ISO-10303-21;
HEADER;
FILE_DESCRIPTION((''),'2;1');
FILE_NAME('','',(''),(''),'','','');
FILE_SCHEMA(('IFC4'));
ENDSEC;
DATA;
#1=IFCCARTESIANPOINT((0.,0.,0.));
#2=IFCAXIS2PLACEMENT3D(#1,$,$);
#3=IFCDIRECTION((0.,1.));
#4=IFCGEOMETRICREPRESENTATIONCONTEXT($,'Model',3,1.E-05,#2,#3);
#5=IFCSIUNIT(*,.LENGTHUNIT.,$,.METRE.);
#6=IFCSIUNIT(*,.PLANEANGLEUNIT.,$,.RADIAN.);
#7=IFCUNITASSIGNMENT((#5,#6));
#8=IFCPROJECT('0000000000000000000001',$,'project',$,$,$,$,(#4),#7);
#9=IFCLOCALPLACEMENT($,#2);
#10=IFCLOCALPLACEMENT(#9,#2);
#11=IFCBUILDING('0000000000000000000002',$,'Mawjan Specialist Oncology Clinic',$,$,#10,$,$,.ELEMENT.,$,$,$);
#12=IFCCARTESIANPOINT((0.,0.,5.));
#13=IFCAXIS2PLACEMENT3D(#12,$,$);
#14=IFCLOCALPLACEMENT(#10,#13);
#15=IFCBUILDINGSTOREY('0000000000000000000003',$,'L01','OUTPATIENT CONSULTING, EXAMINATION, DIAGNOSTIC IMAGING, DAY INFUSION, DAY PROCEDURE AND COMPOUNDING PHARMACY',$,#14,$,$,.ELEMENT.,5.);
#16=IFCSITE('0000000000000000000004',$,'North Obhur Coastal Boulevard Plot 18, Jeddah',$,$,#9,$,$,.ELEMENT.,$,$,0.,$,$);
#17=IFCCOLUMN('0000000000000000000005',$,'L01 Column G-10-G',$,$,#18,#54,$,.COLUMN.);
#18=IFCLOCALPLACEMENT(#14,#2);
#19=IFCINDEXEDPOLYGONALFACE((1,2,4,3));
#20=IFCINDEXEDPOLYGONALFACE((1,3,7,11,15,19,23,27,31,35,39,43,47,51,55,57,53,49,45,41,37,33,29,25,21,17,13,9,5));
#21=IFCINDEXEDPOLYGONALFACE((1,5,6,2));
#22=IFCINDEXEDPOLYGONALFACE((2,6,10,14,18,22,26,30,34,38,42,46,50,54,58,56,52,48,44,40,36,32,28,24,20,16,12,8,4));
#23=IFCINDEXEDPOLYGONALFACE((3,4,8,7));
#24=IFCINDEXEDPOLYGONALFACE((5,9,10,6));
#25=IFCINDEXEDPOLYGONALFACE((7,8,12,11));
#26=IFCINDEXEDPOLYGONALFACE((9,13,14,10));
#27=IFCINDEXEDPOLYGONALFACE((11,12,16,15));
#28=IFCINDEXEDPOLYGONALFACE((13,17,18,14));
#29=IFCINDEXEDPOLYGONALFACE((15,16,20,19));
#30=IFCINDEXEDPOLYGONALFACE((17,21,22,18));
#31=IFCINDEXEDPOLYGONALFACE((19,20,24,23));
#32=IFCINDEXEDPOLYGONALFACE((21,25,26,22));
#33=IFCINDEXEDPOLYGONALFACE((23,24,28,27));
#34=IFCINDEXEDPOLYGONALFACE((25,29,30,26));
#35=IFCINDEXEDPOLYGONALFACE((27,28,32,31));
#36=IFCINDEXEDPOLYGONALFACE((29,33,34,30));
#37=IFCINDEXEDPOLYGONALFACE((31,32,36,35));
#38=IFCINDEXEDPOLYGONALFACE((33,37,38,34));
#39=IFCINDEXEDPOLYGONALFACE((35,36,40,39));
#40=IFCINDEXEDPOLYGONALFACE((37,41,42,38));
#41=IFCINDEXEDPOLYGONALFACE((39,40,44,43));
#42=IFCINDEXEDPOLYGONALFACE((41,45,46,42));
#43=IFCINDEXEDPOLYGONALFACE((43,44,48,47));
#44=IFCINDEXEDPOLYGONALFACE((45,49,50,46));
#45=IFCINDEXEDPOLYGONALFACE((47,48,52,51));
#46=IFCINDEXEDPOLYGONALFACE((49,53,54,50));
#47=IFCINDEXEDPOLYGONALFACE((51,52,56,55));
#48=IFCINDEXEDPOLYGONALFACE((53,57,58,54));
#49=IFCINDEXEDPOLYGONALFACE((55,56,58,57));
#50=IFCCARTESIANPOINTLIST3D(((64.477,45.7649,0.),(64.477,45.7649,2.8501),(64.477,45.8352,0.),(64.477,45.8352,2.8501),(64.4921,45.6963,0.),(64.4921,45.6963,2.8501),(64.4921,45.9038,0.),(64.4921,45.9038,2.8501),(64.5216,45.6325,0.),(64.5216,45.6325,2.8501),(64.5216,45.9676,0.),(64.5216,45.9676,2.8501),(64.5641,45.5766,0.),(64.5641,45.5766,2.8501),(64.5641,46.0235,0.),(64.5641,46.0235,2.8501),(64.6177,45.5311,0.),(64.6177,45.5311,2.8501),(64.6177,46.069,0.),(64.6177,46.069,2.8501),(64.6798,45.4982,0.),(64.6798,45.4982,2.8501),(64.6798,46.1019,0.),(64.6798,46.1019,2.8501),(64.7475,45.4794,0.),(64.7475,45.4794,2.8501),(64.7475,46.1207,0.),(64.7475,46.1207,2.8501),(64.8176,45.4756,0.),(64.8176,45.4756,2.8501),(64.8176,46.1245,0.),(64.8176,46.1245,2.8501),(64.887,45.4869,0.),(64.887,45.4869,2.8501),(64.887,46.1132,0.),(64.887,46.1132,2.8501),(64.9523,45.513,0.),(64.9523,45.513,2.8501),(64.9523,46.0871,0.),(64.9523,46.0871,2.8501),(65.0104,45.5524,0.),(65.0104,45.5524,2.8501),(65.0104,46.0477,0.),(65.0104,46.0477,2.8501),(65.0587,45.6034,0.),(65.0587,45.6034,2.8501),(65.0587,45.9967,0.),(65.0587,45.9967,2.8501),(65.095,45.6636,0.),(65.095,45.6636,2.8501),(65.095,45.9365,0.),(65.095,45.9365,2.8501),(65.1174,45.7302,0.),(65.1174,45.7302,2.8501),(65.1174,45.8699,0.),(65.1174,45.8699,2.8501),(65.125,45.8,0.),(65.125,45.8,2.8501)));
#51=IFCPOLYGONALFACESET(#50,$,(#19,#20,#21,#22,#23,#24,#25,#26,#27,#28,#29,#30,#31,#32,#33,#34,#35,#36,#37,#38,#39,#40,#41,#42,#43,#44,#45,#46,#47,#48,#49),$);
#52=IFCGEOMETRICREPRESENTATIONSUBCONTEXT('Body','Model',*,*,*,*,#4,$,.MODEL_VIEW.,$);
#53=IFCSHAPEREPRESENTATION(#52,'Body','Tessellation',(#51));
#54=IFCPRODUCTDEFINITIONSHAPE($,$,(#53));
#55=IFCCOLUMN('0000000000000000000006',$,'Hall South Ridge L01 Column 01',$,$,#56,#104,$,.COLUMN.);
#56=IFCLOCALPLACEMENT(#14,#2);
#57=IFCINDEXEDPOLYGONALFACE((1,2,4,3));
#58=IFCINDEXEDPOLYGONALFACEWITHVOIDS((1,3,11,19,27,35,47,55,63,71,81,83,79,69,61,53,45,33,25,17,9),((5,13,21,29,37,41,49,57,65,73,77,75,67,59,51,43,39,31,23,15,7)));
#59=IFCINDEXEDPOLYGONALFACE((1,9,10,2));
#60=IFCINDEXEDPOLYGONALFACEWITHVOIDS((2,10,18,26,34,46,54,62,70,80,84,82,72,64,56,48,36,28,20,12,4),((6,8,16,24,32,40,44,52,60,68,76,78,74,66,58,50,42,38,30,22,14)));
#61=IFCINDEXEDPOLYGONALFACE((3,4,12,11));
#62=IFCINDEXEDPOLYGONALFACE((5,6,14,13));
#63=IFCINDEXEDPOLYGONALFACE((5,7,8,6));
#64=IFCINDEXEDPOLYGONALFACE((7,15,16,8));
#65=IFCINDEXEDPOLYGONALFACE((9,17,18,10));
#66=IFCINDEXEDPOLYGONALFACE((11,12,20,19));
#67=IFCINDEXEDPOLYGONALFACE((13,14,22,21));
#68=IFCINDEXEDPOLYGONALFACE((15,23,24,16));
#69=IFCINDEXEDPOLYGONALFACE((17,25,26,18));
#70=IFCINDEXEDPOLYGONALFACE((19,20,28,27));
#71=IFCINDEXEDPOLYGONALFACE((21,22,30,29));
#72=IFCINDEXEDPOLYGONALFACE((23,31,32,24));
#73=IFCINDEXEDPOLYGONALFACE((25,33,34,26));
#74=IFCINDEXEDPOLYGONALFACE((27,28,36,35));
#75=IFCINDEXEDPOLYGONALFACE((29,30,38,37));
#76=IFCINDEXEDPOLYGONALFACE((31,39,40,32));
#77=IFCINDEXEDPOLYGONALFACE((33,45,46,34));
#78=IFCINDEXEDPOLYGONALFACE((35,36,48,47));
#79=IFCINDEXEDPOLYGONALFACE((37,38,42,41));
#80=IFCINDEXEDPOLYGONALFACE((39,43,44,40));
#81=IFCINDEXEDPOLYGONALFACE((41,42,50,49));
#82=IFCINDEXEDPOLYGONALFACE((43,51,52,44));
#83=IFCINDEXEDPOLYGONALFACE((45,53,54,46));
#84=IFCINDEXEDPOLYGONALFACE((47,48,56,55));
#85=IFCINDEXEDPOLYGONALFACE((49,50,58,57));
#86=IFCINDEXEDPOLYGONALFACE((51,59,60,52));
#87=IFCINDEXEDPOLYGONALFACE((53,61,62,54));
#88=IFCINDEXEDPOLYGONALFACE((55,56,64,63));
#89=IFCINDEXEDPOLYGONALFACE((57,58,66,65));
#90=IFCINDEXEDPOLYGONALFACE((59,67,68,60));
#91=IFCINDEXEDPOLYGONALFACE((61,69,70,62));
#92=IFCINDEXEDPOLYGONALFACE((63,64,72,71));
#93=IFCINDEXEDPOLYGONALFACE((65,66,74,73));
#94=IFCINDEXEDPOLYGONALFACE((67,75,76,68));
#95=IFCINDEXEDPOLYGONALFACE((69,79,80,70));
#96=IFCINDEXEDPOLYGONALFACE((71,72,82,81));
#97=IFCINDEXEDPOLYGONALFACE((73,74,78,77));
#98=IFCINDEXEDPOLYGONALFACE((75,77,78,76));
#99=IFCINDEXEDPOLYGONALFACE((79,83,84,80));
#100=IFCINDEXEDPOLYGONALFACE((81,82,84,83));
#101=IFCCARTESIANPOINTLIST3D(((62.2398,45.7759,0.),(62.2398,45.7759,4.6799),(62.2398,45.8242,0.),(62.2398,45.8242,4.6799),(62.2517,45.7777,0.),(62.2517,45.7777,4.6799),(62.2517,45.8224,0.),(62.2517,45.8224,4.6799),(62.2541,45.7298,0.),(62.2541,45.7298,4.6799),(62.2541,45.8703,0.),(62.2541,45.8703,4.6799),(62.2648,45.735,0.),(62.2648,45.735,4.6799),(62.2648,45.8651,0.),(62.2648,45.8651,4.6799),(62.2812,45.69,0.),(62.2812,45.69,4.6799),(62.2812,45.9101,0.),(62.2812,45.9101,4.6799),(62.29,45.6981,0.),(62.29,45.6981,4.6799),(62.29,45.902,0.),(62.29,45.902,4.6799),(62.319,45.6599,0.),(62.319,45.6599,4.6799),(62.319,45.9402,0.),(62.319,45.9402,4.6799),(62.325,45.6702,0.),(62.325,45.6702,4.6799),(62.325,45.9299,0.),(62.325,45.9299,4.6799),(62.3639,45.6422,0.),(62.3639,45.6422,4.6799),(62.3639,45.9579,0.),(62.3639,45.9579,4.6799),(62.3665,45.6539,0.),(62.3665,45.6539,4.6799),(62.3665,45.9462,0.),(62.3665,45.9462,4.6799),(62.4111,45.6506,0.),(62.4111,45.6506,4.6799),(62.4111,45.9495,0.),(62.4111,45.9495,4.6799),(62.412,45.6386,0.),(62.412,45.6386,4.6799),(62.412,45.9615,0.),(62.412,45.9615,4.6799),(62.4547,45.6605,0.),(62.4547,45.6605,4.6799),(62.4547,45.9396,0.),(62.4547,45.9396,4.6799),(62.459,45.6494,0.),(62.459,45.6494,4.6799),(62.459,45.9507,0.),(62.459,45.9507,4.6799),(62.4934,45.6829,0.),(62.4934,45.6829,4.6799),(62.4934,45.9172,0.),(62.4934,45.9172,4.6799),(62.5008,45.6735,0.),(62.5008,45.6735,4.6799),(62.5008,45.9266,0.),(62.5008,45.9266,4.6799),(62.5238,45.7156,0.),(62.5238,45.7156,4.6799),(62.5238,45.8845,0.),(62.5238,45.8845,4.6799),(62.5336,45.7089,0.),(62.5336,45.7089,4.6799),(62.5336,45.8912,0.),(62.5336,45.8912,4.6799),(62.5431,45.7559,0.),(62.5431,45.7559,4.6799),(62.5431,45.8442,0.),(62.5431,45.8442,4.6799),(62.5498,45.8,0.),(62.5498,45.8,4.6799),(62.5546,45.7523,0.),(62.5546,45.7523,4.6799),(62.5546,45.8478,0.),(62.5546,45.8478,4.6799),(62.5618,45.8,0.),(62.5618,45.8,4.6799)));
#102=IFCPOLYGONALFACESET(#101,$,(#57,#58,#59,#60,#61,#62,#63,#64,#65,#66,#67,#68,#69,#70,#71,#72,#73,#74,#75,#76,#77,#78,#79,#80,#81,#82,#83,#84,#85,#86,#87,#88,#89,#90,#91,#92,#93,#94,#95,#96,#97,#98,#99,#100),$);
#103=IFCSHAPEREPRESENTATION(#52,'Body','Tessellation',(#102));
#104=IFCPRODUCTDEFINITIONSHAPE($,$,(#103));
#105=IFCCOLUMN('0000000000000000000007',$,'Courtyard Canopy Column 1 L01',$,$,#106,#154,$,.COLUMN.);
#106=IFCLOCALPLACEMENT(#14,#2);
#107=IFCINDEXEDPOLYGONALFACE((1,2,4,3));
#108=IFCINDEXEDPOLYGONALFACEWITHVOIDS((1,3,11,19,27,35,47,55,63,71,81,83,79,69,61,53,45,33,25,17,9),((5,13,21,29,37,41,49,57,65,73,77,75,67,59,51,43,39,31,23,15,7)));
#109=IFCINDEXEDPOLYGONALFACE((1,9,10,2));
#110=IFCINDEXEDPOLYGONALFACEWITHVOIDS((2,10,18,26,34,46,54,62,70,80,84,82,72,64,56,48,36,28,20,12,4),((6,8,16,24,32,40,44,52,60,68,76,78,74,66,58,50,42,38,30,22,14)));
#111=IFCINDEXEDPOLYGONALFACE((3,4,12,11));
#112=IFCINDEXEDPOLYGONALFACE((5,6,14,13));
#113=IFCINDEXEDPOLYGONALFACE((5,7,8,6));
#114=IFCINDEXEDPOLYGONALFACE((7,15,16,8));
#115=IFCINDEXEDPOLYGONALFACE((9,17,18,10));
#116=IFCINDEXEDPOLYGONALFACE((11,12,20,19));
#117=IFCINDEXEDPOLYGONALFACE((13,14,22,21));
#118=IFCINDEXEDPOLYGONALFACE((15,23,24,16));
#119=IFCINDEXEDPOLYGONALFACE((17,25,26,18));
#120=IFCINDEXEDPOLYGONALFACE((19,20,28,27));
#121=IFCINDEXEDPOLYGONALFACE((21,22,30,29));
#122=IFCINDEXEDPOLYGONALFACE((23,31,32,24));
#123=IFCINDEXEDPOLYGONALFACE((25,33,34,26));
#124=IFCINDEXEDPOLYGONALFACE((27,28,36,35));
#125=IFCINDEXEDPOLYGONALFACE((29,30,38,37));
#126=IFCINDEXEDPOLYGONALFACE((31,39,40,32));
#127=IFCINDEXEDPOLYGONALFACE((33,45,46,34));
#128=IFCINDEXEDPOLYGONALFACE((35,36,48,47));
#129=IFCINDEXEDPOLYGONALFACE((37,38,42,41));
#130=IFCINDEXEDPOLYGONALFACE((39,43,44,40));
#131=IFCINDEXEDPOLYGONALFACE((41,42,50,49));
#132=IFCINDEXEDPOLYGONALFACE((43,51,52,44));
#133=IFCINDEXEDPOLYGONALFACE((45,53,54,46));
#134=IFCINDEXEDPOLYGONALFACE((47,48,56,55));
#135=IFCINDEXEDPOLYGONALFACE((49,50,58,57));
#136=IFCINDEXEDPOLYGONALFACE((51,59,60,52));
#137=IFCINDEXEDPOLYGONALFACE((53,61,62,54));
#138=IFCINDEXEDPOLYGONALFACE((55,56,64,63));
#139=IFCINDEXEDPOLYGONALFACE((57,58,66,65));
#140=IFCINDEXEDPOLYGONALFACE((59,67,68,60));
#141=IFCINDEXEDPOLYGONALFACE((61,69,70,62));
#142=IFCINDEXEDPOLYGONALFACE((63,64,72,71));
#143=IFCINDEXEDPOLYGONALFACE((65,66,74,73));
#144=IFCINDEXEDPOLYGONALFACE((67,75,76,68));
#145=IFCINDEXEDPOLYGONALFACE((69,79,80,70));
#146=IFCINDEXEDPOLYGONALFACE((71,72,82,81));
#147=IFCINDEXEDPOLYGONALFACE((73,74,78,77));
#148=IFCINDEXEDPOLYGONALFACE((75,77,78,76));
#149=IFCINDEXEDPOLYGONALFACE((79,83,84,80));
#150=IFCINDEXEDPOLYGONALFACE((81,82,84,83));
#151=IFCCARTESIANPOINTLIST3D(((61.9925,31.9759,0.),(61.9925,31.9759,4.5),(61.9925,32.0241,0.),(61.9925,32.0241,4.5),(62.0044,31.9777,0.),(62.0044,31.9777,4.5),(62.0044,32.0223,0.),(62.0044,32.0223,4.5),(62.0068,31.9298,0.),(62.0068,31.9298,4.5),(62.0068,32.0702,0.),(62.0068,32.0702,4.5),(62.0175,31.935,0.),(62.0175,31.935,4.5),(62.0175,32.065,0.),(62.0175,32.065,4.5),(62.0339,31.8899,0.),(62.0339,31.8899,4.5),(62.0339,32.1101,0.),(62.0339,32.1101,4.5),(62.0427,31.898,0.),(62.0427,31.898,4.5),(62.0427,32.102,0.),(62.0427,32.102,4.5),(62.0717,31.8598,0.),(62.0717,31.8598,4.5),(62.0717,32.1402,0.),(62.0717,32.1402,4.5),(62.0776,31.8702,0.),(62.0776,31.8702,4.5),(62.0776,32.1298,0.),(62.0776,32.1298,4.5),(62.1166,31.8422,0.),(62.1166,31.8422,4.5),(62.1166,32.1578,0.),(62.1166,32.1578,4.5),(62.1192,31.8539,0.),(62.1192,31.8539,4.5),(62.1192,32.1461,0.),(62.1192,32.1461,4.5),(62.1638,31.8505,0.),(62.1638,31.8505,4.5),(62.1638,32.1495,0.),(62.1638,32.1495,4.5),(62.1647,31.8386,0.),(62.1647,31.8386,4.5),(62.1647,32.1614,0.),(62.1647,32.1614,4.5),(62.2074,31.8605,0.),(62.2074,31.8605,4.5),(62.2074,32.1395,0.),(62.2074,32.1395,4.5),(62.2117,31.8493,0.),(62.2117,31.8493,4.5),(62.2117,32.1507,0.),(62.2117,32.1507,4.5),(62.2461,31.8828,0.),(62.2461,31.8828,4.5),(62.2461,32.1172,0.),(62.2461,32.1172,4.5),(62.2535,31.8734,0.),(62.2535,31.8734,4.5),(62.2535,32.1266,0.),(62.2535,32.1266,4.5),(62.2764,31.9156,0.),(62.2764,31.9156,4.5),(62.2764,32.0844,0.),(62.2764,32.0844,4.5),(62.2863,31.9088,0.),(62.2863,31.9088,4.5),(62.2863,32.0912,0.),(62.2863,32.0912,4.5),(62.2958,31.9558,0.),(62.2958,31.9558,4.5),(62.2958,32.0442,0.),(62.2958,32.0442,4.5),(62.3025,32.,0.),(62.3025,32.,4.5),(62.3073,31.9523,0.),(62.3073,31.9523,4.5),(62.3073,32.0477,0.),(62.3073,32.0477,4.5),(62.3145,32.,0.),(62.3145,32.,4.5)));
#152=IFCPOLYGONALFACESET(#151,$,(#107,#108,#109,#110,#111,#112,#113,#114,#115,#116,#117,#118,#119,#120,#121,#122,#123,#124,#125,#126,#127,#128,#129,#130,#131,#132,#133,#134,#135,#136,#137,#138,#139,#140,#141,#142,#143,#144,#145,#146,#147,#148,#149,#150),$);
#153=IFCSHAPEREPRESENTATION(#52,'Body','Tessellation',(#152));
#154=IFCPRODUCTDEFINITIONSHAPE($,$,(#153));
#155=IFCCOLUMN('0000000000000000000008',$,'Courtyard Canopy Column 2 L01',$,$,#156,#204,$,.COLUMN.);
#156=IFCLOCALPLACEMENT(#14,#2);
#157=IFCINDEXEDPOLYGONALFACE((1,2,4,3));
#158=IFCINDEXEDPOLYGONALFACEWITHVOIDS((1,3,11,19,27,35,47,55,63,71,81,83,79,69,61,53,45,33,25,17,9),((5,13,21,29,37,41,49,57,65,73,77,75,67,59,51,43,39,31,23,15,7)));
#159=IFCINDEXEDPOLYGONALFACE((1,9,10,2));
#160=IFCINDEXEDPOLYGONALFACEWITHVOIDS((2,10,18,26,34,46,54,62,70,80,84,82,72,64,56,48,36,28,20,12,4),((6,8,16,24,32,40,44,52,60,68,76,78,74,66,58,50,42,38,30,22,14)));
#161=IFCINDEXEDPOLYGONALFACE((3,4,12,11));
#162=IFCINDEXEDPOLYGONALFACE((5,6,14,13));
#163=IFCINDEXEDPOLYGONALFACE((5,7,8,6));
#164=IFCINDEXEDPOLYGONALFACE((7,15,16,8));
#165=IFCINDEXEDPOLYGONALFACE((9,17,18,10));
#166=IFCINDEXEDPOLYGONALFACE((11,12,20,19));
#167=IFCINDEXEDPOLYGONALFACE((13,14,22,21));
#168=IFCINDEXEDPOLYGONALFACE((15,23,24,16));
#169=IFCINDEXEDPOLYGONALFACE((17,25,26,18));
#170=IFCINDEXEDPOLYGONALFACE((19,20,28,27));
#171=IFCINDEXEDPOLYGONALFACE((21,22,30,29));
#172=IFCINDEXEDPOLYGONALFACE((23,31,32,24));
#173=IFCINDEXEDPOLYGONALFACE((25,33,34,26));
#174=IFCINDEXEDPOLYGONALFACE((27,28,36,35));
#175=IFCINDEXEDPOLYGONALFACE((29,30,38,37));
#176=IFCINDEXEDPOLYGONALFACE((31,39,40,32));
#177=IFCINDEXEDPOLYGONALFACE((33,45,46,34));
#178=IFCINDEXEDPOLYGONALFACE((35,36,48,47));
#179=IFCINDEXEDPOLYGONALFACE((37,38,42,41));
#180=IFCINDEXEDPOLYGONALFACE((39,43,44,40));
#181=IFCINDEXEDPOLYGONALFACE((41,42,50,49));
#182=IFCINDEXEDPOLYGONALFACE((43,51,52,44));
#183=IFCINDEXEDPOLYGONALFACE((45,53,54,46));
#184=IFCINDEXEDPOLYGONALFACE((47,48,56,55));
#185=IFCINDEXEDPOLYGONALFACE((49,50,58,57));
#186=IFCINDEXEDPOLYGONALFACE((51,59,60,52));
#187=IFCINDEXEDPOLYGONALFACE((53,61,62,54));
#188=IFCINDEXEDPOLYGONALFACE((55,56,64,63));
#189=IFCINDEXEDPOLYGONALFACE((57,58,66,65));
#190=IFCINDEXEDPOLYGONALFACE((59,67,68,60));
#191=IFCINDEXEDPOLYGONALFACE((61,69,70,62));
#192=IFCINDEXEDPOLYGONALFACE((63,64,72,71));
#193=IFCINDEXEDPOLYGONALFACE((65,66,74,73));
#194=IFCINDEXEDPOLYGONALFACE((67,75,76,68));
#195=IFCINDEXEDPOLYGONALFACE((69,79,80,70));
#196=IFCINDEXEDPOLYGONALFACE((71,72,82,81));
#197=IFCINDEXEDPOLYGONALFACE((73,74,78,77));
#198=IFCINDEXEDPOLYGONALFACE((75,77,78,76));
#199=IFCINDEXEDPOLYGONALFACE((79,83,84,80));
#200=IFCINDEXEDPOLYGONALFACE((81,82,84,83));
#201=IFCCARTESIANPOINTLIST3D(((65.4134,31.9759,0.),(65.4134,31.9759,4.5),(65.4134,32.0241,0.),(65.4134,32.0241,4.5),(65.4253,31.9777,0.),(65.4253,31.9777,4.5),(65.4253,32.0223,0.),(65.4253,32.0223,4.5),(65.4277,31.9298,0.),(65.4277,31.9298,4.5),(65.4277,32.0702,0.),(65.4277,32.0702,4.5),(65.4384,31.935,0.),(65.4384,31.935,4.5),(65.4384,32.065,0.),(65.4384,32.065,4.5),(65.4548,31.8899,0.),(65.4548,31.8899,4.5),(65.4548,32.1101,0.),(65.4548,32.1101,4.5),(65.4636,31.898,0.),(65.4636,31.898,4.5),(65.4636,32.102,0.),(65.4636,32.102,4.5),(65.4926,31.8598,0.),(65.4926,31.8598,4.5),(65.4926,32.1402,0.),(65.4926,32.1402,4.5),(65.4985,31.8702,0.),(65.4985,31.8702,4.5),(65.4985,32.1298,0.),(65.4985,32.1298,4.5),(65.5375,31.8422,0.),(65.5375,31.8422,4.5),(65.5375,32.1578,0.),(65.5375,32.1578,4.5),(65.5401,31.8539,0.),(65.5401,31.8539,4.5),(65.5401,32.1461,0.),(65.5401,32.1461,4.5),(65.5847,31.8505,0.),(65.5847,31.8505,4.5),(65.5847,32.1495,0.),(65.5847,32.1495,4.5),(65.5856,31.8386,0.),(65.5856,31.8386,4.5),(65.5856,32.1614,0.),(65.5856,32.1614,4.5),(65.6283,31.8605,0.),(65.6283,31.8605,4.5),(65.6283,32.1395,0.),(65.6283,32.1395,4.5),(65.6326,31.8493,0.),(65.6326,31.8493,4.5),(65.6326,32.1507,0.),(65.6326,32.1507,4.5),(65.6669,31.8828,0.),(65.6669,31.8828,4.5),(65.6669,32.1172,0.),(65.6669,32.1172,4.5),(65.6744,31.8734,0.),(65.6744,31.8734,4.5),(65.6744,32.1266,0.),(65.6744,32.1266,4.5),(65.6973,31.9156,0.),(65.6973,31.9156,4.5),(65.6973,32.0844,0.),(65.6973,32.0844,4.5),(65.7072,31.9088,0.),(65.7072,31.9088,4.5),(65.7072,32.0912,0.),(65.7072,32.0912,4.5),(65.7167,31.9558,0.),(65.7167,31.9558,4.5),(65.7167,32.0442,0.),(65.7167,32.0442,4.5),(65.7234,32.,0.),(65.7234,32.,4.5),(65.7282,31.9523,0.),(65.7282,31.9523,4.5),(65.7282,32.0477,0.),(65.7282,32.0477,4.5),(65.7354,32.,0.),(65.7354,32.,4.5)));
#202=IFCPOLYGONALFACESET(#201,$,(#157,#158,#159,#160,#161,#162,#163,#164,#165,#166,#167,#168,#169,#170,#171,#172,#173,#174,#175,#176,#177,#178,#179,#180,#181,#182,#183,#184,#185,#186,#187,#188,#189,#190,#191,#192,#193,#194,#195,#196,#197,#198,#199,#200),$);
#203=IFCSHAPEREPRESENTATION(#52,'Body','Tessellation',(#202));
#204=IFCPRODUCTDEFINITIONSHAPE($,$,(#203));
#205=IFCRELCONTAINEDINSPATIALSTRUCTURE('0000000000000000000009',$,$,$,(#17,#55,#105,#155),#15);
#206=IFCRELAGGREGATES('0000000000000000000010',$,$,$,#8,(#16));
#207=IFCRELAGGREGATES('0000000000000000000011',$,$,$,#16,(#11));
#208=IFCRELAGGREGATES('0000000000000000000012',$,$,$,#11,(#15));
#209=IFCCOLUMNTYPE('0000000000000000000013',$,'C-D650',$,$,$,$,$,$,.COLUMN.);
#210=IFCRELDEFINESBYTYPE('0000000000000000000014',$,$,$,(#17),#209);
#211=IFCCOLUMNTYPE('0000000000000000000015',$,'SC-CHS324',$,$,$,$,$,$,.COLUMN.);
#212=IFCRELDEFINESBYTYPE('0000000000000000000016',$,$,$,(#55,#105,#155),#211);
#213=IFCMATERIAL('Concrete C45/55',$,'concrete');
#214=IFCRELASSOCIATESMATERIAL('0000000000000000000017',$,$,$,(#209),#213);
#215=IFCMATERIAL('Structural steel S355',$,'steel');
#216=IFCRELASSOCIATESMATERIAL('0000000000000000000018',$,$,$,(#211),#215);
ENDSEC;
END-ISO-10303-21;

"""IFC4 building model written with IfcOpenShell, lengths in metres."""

from ifc_helpers import new_model, si_unit, direction, frame, origin, origin_2d, place, context, subcontext, project, spatial, circle, hollow_circle, extrude, material, material_profile, profile_set, type_object, element, save


model = new_model("IFC4")

# Units and contexts
model_context = context("Model", 3, precision=1e-05, world=origin(), true_north=direction((0.0, 1.0)))
body_context = subcontext(model_context, "Body", "Model", "MODEL_VIEW")
ifc_project = project(units=[si_unit("LENGTHUNIT", "METRE"), si_unit("PLANEANGLEUNIT", "RADIAN")], contexts=[model_context])

# Site, building, storey
site_placement = place(None, origin())
site = spatial("IfcSite", under=ifc_project, at=site_placement, Name="North Obhur Coastal Boulevard Plot 18, Jeddah", CompositionType="ELEMENT", RefElevation=0.0)
building_placement = place(site_placement, origin())
building = spatial("IfcBuilding", under=site, at=building_placement, Name="Mawjan Specialist Oncology Clinic", CompositionType="ELEMENT")
storey_placement = place(building_placement, frame((0.0, 0.0, 5.0)))
storey = spatial("IfcBuildingStorey", under=building, at=storey_placement, Name="L01", Description="OUTPATIENT CONSULTING, EXAMINATION, DIAGNOSTIC IMAGING, DAY INFUSION, DAY PROCEDURE AND COMPOUNDING PHARMACY", CompositionType="ELEMENT", Elevation=5.0)

# Columns
ifc_material_1 = material(Name="Concrete C45/55", Category="concrete")
ifc_material_profile_1 = material_profile(ifc_material_1, circle(Radius=0.325, at=origin_2d()), Name="RC COL D650", Category="concrete")
ifc_profile_set_1 = profile_set([ifc_material_profile_1], Name="Concrete C45/55")
column_type_1 = type_object("IfcColumnType", Name="C-D650", PredefinedType="COLUMN", material=ifc_profile_set_1)
column_1_placement = place(storey_placement, frame((64.8, 45.8, 0.0), z_axis=(0.0, 0.0, 1.0), x_axis=(1.0, 0.0, 0.0)))
element("IfcColumn", 1, at=column_1_placement, inside=storey, type_object=column_type_1, Name="L01 Column G-10-G", PredefinedType="COLUMN", context=body_context, shape_type="SweptSolid", body=[
    extrude(circle(Radius=0.325, at=origin_2d()), origin(), (0.0, 0.0, 1.0), 2.8501),
])
ifc_material_2 = material(Name="Structural steel S355", Category="steel")
ifc_material_profile_2 = material_profile(ifc_material_2, hollow_circle(Radius=0.1619, WallThickness=0.012, at=origin_2d()), Name="CHS 323.9x12", Category="steel")
ifc_profile_set_2 = profile_set([ifc_material_profile_2], Name="Structural steel S355")
column_type_2 = type_object("IfcColumnType", Name="SC-CHS324", PredefinedType="COLUMN", material=ifc_profile_set_2)
column_2_placement = place(storey_placement, frame((62.3999, 45.8, 0.0), z_axis=(0.0, 0.0, 1.0), x_axis=(1.0, 0.0, 0.0)))
element("IfcColumn", 2, at=column_2_placement, inside=storey, type_object=column_type_2, Name="Hall South Ridge L01 Column 01", PredefinedType="COLUMN", context=body_context, shape_type="SweptSolid", body=[
    extrude(hollow_circle(Radius=0.1619, WallThickness=0.012, at=origin_2d()), origin(), (0.0, 0.0, 1.0), 4.6799),
])
for number, where, z_axis, x_axis, name in (
    (3, (62.1526, 32.0, 0.0), (0.0, 0.0, 1.0), (1.0, 0.0, 0.0), "Courtyard Canopy Column 1 L01"),
    (4, (65.5735, 32.0, 0.0), (0.0, 0.0, 1.0), (1.0, 0.0, 0.0), "Courtyard Canopy Column 2 L01"),
):
    element("IfcColumn", number, at=place(storey_placement, frame(where, z_axis=z_axis, x_axis=x_axis)), inside=storey, type_object=column_type_2, Name=name, PredefinedType="COLUMN", context=body_context, shape_type="SweptSolid", body=[
        extrude(hollow_circle(Radius=0.1619, WallThickness=0.012, at=origin_2d()), origin(), (0.0, 0.0, 1.0), 4.5),
    ])

save(model, "model.ifc")
